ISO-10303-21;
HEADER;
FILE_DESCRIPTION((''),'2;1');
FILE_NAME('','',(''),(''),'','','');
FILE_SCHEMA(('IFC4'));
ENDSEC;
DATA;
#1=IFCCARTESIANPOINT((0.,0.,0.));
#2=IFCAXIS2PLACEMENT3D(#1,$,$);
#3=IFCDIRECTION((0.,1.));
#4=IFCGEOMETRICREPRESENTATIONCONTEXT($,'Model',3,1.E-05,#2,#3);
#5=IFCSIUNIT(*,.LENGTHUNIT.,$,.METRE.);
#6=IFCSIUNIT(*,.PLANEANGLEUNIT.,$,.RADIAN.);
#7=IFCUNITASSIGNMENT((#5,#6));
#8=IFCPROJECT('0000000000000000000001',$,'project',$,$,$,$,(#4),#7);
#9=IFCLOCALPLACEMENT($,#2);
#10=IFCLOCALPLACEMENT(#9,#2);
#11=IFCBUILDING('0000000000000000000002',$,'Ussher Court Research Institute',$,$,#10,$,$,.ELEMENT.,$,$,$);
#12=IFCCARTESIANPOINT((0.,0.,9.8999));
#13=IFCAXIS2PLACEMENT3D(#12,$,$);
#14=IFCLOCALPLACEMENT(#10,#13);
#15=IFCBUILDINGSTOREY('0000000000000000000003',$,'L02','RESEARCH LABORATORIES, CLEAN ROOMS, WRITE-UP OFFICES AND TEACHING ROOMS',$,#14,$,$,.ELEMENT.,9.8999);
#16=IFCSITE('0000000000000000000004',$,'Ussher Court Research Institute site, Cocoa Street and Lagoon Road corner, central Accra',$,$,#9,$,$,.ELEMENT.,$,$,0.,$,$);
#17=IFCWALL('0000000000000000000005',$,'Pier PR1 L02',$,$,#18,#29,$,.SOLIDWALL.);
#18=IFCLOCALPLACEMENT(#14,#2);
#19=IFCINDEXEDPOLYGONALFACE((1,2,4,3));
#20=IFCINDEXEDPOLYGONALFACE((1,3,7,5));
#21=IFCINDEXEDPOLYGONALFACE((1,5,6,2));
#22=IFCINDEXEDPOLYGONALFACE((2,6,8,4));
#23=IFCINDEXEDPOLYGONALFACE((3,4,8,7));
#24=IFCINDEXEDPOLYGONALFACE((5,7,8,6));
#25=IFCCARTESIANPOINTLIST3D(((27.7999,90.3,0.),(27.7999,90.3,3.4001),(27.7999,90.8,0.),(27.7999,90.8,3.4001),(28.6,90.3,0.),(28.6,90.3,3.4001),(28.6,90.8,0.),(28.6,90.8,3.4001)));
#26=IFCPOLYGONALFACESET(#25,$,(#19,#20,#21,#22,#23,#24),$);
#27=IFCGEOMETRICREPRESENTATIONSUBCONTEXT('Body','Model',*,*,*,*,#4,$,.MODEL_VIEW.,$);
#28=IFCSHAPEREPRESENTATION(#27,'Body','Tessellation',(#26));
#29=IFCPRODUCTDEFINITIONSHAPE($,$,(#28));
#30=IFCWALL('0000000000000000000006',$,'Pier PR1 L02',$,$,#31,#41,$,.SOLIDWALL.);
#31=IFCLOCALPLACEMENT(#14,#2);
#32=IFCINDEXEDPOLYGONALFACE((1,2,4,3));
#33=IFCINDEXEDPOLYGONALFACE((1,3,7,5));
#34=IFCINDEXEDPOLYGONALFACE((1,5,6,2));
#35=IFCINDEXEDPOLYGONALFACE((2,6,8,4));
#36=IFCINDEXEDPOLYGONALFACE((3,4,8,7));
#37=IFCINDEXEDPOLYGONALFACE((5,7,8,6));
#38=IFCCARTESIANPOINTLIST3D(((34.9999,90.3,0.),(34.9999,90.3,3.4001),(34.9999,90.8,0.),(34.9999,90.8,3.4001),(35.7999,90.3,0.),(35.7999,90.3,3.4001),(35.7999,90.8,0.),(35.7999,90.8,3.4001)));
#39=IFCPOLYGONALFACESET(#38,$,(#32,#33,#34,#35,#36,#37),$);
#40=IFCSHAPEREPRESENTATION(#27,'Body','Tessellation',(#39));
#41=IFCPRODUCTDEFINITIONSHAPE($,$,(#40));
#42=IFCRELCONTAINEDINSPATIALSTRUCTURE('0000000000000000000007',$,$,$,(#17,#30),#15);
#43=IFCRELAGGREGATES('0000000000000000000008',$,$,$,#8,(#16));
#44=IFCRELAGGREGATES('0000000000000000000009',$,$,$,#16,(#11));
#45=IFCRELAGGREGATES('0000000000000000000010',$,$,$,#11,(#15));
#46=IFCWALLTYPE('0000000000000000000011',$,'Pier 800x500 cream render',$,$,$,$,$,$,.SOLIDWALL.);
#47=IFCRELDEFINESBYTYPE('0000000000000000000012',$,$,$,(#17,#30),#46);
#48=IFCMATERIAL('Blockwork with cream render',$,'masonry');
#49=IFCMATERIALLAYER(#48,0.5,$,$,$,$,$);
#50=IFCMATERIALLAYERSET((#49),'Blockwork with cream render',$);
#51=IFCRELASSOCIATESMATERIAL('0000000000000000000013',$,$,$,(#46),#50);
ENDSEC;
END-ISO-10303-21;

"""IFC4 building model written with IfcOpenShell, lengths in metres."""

from ifc_helpers import new_model, si_unit, direction, frame, frame_2d, origin, place, context, subcontext, project, spatial, rectangle, extrude, material, layer, layer_set, type_object, element, save


model = new_model("IFC4")

# Units and contexts
model_context = context("Model", 3, precision=1e-05, world=origin(), true_north=direction((0.0, 1.0)))
body_context = subcontext(model_context, "Body", "Model", "MODEL_VIEW")
ifc_project = project(units=[si_unit("LENGTHUNIT", "METRE"), si_unit("PLANEANGLEUNIT", "RADIAN")], contexts=[model_context])

# Site, building, storey
site_placement = place(None, origin())
site = spatial("IfcSite", under=ifc_project, at=site_placement, Name="Ussher Court Research Institute site, Cocoa Street and Lagoon Road corner, central Accra", CompositionType="ELEMENT", RefElevation=0.0)
building_placement = place(site_placement, origin())
building = spatial("IfcBuilding", under=site, at=building_placement, Name="Ussher Court Research Institute", CompositionType="ELEMENT")
storey_placement = place(building_placement, frame((0.0, 0.0, 9.8999)))
storey = spatial("IfcBuildingStorey", under=building, at=storey_placement, Name="L02", Description="RESEARCH LABORATORIES, CLEAN ROOMS, WRITE-UP OFFICES AND TEACHING ROOMS", CompositionType="ELEMENT", Elevation=9.8999)

# Walls
ifc_material_1 = material(Name="Blockwork with cream render", Category="masonry")
ifc_layer_1 = layer(ifc_material_1, 0.5)
ifc_layer_set_1 = layer_set([ifc_layer_1], Name="Blockwork with cream render")
wall_type_1 = type_object("IfcWallType", Name="Pier 800x500 cream render", PredefinedType="SOLIDWALL", material=ifc_layer_set_1)
for number, where, z_axis, x_axis, name in (
    (1, (27.8, 90.55, 0.0), (0.0, 0.0, 1.0), (1.0, 0.0, 0.0), "Pier PR1 L02"),
    (2, (35.0, 90.55, 0.0), (0.0, 0.0, 1.0), (1.0, 0.0, 0.0), "Pier PR1 L02"),
):
    element("IfcWall", number, at=place(storey_placement, frame(where, z_axis=z_axis, x_axis=x_axis)), inside=storey, type_object=wall_type_1, Name=name, PredefinedType="SOLIDWALL", context=body_context, shape_type="SweptSolid", body=[
        extrude(rectangle(XDim=0.8, YDim=0.5, at=frame_2d((0.3999, 0.0))), origin(), (0.0, 0.0, 1.0), 3.4001),
    ])

save(model, "model.ifc")
